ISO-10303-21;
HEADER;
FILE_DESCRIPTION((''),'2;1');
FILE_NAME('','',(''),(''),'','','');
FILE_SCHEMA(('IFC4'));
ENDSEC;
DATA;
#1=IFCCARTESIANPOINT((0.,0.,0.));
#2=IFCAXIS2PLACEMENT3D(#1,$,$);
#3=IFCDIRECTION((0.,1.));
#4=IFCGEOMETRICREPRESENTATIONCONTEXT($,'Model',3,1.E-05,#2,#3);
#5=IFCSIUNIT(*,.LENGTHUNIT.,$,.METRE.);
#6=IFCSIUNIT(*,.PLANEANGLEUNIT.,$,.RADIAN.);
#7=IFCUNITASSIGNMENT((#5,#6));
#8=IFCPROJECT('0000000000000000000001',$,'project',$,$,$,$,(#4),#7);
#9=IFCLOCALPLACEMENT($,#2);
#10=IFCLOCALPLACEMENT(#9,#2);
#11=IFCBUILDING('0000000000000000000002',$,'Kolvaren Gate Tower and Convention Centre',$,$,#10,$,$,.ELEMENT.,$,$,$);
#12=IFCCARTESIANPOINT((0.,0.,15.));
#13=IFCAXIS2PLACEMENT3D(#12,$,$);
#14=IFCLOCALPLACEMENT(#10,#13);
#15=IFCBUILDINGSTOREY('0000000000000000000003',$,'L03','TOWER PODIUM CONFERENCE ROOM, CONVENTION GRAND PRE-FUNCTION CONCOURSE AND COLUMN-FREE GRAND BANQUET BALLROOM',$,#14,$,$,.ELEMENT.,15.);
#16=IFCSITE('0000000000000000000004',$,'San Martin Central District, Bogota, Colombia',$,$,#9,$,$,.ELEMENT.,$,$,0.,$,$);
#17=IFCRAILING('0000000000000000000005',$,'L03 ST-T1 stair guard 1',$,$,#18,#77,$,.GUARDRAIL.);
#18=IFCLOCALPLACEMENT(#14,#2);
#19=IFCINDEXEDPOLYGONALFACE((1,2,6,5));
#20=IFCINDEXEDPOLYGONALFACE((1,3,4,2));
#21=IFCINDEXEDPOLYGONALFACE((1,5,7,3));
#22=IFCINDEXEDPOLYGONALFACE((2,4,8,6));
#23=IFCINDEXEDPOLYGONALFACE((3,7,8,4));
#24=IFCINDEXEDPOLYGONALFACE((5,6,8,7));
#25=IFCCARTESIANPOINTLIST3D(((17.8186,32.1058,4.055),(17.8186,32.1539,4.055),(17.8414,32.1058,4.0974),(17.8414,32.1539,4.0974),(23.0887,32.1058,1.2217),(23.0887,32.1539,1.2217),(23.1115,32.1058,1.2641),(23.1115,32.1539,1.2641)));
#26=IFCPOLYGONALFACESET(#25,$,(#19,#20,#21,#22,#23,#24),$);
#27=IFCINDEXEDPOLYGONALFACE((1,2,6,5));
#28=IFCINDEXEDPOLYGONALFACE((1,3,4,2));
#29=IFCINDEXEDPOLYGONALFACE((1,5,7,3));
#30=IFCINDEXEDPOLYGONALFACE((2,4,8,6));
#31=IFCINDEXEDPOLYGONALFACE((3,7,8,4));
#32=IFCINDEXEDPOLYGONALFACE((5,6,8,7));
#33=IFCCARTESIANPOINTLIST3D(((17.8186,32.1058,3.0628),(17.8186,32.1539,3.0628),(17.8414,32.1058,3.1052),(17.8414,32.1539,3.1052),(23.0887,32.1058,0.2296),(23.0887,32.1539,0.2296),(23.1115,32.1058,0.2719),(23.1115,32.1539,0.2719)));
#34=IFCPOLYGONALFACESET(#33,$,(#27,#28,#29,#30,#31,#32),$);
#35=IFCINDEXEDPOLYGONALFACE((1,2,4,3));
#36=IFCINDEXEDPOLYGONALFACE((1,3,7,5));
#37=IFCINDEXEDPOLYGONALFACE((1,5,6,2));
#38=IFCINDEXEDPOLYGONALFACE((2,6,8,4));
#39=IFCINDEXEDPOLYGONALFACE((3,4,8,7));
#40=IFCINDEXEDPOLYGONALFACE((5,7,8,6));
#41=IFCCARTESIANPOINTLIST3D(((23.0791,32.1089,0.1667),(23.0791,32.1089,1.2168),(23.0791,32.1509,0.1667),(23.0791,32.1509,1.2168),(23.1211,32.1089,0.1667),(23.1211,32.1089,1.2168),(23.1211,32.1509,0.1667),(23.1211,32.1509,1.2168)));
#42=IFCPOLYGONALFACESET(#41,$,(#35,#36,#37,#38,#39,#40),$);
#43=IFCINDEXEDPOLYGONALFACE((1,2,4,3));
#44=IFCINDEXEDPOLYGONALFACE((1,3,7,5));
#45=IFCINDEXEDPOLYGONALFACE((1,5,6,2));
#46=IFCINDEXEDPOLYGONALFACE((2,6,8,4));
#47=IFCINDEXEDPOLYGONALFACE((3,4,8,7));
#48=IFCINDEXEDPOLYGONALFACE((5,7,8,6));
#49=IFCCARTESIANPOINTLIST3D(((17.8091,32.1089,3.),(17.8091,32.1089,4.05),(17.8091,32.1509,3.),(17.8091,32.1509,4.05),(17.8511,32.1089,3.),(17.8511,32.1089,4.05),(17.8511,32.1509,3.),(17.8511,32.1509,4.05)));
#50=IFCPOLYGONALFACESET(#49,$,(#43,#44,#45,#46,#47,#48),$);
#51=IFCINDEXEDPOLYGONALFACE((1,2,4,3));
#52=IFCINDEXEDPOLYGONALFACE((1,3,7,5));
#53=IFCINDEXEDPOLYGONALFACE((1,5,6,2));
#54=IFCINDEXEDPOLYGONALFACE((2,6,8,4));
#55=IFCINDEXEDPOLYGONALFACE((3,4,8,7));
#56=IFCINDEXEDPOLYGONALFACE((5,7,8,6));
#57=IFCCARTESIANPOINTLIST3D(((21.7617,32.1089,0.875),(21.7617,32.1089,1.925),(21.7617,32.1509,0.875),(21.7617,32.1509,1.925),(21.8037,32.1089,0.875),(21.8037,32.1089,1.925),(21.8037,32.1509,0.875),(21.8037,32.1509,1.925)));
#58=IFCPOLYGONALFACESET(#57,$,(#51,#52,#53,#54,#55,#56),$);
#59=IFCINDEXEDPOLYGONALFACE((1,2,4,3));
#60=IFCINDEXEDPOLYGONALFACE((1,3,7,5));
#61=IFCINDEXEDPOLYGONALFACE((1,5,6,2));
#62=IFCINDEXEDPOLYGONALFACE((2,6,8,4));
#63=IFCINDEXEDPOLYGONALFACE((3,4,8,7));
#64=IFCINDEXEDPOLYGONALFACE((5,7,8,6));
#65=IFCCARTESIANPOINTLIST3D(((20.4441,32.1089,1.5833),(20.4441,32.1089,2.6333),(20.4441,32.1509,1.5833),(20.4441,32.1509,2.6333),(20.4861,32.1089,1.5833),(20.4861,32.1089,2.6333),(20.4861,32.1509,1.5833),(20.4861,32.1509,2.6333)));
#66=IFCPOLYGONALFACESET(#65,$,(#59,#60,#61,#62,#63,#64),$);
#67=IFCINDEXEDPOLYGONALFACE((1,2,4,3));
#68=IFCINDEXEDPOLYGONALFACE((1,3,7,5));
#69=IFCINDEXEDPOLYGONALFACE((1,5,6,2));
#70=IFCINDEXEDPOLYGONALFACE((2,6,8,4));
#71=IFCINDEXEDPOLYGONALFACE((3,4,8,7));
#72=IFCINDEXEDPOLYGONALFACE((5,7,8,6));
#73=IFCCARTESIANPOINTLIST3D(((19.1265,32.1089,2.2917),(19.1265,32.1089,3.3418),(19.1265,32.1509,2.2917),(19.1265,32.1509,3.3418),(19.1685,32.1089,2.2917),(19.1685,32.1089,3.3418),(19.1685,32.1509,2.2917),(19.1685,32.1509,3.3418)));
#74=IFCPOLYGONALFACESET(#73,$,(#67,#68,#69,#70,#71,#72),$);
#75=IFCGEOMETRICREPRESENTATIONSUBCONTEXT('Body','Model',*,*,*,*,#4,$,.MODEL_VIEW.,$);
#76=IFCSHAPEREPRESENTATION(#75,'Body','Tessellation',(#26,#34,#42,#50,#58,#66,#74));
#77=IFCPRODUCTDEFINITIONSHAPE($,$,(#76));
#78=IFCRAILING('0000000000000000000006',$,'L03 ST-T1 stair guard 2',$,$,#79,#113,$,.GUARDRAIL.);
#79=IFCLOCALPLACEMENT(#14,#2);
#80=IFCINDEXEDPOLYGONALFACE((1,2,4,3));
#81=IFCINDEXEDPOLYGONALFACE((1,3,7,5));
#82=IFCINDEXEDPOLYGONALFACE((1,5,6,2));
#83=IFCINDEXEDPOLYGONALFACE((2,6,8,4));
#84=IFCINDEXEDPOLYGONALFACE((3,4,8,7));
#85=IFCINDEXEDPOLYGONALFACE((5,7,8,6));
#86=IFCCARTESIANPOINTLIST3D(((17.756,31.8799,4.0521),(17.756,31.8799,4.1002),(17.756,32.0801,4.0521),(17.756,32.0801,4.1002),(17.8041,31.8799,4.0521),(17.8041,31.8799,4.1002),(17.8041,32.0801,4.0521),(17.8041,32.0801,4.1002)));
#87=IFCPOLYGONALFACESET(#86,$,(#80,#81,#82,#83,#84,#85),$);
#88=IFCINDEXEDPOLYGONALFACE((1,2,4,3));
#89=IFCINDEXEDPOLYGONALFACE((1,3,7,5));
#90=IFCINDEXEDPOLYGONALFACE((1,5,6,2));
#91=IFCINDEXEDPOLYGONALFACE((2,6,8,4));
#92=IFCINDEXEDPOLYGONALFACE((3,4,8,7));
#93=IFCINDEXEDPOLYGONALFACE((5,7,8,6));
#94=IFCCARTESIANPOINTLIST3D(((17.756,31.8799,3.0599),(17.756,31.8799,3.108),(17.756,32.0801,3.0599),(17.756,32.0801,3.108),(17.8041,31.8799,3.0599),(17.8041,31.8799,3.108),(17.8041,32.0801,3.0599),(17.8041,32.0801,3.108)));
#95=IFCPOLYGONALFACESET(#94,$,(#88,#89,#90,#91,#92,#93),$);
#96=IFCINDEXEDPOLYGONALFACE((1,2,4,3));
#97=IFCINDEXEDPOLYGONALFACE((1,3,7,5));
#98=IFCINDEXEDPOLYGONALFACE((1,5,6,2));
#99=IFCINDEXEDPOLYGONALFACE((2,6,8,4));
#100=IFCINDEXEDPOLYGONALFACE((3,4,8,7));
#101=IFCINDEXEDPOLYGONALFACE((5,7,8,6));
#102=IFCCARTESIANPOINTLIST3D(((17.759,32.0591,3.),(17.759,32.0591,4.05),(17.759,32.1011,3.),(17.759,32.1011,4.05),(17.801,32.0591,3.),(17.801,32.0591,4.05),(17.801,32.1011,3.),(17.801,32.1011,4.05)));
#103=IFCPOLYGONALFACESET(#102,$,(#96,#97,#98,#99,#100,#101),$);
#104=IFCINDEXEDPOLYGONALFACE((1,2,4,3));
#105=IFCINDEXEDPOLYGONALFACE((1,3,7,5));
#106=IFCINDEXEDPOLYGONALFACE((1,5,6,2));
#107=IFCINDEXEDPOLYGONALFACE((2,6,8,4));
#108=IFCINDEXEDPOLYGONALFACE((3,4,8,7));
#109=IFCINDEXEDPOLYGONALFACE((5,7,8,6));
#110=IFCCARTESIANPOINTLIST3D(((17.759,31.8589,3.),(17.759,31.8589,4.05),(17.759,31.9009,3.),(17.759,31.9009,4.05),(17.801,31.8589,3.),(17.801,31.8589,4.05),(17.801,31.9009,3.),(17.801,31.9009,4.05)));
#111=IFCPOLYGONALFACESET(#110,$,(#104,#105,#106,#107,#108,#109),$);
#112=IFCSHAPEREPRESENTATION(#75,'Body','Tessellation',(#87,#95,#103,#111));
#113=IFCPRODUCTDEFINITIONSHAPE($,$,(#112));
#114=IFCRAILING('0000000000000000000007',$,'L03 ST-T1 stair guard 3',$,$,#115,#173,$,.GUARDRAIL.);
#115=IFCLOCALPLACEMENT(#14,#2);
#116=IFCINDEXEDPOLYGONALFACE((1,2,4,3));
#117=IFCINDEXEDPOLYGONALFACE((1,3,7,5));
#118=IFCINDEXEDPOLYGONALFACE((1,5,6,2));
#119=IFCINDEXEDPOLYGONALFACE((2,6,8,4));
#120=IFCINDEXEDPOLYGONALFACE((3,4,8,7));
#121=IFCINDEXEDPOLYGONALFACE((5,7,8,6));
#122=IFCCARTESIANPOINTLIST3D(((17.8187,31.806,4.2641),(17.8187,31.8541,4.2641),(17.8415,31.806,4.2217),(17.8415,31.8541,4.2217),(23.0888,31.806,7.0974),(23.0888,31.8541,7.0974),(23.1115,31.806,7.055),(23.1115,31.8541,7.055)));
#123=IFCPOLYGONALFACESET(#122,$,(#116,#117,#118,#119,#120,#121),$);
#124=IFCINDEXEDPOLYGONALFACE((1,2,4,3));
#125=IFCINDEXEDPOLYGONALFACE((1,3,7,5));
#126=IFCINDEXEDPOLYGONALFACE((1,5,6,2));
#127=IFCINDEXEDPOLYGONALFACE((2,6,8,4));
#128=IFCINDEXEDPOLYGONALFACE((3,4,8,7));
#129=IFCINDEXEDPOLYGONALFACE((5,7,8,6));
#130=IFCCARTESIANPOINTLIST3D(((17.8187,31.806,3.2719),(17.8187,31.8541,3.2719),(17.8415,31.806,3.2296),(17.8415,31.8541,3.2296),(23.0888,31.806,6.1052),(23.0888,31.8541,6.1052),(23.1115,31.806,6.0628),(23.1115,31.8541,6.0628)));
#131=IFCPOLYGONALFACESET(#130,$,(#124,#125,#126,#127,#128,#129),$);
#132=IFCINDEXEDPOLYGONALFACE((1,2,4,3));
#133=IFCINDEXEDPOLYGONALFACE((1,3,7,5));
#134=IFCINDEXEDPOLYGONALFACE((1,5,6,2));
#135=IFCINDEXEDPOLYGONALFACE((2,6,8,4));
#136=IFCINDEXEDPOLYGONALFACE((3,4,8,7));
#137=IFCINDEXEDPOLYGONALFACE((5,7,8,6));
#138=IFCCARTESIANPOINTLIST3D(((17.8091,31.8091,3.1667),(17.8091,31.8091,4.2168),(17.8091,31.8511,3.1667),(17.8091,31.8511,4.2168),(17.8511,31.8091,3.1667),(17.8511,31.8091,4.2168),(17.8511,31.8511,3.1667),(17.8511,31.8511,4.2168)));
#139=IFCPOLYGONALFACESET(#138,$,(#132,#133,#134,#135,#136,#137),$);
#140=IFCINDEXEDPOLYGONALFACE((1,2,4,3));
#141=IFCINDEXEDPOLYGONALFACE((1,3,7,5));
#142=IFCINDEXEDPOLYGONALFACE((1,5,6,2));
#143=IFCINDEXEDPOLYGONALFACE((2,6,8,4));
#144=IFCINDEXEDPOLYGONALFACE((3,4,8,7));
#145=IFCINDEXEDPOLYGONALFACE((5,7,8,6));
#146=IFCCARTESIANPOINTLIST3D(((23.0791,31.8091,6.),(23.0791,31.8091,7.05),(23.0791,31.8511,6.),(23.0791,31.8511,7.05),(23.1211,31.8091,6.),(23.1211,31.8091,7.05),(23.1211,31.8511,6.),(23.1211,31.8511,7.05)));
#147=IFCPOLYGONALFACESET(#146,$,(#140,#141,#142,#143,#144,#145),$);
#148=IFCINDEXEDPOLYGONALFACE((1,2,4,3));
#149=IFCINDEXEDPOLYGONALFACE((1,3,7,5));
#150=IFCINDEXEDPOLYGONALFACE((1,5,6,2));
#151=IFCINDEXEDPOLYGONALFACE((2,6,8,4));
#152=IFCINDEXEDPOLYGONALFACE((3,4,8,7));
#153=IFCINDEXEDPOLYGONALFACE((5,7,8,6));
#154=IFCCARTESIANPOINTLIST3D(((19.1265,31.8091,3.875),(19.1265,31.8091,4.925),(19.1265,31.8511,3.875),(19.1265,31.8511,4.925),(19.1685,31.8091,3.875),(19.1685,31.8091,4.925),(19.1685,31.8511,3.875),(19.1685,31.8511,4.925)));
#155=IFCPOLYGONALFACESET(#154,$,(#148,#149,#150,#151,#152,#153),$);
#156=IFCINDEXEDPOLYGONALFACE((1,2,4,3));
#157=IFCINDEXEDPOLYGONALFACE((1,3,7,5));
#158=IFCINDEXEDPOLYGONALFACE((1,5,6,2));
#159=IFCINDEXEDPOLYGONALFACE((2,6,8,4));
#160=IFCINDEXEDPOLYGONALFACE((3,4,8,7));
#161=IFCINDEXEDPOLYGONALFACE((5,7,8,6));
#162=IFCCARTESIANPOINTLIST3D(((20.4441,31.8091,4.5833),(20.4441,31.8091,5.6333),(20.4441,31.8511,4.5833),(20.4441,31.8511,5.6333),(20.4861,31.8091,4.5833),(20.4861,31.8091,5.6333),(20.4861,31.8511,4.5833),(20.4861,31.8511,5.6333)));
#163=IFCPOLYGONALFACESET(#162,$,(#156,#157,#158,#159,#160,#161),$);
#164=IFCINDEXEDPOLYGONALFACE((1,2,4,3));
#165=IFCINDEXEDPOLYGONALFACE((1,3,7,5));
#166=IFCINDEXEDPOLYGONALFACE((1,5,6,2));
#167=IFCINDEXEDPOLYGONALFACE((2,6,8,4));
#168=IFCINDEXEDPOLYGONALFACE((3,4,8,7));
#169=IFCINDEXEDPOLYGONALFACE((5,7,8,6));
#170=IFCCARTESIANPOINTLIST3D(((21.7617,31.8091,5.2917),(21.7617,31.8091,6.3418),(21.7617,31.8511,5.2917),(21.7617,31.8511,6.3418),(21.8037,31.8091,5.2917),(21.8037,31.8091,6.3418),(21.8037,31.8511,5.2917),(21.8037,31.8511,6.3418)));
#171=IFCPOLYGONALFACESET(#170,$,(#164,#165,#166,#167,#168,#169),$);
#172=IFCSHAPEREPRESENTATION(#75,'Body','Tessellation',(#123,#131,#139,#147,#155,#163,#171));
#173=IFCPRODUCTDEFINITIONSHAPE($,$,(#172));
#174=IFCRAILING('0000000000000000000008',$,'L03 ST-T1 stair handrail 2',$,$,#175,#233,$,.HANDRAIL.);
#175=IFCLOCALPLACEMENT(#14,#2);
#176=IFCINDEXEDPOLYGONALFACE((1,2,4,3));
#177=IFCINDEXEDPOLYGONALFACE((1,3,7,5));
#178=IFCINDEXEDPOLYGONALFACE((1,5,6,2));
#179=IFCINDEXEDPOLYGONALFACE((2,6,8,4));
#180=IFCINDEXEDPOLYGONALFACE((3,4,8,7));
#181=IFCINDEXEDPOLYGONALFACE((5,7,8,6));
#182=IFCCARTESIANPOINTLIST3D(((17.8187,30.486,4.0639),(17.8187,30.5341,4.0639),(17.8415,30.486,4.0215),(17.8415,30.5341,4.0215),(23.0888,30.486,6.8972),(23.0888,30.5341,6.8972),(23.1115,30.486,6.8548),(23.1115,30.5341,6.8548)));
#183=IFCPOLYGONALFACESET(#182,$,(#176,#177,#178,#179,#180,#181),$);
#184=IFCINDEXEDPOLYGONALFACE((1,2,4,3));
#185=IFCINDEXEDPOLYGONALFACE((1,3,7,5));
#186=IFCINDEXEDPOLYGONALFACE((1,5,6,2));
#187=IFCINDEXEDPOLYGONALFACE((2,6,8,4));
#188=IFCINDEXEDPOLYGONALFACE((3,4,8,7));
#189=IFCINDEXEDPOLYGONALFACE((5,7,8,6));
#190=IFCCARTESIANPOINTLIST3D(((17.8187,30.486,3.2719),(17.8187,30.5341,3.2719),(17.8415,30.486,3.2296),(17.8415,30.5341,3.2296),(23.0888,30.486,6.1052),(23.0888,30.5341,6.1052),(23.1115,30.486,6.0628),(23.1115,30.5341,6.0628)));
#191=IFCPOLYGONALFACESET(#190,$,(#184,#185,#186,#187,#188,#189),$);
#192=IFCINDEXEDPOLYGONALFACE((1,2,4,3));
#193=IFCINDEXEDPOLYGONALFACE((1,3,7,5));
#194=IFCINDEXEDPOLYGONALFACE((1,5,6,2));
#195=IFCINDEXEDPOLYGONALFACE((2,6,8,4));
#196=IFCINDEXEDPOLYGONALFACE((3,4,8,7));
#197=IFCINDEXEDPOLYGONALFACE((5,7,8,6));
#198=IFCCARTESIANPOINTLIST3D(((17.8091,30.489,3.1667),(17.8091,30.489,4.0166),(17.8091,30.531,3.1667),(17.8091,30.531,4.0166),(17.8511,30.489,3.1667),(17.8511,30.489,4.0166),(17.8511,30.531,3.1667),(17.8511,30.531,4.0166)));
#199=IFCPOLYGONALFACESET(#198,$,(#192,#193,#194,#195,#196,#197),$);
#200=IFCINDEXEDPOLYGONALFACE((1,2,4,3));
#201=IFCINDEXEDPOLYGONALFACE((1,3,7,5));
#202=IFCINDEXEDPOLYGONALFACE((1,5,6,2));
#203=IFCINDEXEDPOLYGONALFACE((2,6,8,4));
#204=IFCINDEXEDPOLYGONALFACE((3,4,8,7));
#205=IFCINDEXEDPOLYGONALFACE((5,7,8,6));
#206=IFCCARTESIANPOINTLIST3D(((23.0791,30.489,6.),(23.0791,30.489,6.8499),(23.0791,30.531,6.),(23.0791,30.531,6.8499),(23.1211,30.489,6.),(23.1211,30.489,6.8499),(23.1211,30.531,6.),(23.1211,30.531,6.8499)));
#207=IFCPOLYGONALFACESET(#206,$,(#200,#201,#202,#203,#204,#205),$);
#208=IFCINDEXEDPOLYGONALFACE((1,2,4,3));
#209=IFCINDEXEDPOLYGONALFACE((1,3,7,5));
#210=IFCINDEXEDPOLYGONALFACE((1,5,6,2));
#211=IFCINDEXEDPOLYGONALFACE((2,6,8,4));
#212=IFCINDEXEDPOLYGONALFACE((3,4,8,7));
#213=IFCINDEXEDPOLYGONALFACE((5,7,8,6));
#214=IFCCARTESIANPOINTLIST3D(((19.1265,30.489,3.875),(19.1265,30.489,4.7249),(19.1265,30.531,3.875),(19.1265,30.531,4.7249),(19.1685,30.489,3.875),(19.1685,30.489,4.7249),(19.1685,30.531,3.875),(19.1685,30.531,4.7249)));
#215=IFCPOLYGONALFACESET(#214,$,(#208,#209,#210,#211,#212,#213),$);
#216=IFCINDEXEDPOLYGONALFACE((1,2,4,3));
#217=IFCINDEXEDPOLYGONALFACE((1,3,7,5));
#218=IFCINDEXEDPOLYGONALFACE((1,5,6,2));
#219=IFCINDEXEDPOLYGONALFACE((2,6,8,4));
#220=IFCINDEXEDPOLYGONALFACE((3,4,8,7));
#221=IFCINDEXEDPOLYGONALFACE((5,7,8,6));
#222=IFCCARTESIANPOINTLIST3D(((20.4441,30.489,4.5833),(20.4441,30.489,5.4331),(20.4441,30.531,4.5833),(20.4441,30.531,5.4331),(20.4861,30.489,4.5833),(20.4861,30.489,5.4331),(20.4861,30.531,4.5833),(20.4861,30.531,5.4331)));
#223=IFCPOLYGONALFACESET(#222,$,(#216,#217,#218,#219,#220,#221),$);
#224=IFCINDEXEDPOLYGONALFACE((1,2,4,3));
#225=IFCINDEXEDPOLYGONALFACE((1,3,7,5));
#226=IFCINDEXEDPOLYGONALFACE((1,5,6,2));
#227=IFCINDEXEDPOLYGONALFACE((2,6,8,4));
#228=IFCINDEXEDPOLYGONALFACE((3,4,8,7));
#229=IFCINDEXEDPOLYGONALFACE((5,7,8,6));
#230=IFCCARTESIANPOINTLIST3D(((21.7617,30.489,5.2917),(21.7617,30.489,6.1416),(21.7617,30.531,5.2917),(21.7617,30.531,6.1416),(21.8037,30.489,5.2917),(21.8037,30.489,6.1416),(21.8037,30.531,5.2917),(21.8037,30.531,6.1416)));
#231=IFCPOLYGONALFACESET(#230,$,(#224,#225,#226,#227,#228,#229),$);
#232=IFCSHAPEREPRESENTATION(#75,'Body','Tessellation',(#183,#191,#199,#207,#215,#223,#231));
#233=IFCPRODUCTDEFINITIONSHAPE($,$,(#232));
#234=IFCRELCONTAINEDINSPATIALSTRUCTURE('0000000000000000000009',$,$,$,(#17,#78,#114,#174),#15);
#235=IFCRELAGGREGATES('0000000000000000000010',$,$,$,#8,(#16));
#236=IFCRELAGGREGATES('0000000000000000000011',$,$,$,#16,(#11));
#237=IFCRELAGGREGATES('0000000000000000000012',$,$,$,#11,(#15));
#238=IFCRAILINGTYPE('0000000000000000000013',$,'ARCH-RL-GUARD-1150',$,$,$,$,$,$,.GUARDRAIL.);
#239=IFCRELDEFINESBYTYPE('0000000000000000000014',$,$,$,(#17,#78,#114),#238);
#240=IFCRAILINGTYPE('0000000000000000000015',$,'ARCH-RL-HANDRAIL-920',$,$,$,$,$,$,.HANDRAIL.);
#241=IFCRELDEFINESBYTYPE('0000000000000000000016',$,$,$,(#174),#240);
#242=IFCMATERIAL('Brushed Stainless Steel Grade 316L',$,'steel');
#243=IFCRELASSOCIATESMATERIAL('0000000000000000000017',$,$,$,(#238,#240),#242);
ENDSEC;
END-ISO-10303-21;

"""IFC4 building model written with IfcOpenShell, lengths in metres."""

from ifc_helpers import new_model, si_unit, direction, frame, origin, origin_2d, place, context, subcontext, project, spatial, rectangle, extrude, material, type_object, element, save


model = new_model("IFC4")

# Units and contexts
model_context = context("Model", 3, precision=1e-05, world=origin(), true_north=direction((0.0, 1.0)))
body_context = subcontext(model_context, "Body", "Model", "MODEL_VIEW")
ifc_project = project(units=[si_unit("LENGTHUNIT", "METRE"), si_unit("PLANEANGLEUNIT", "RADIAN")], contexts=[model_context])

# Site, building, storey
site_placement = place(None, origin())
site = spatial("IfcSite", under=ifc_project, at=site_placement, Name="San Martin Central District, Bogota, Colombia", CompositionType="ELEMENT", RefElevation=0.0)
building_placement = place(site_placement, origin())
building = spatial("IfcBuilding", under=site, at=building_placement, Name="Kolvaren Gate Tower and Convention Centre", CompositionType="ELEMENT")
storey_placement = place(building_placement, frame((0.0, 0.0, 15.0)))
storey = spatial("IfcBuildingStorey", under=building, at=storey_placement, Name="L03", Description="TOWER PODIUM CONFERENCE ROOM, CONVENTION GRAND PRE-FUNCTION CONCOURSE AND COLUMN-FREE GRAND BANQUET BALLROOM", CompositionType="ELEMENT", Elevation=15.0)

# Railings
ifc_material_1 = material(Name="Brushed Stainless Steel Grade 316L", Category="steel")
railing_type_1 = type_object("IfcRailingType", Name="ARCH-RL-GUARD-1150", PredefinedType="GUARDRAIL", material=ifc_material_1)
railing_1_placement = place(storey_placement, frame((23.1001, 32.1299, 0.1667)))
element("IfcRailing", 1, at=railing_1_placement, inside=storey, type_object=railing_type_1, Name="L03 ST-T1 stair guard 1", PredefinedType="GUARDRAIL", context=body_context, shape_type="SweptSolid", body=[
    extrude(rectangle(XDim=0.0481, YDim=0.0481, at=origin_2d()), frame((0.0, 0.0, 1.0762), z_axis=(-0.880781, 0.0, 0.473523), x_axis=(0.0, -1.0, 0.0)), (0.0, 0.0, 1.0), 5.9834),
    extrude(rectangle(XDim=0.0481, YDim=0.0481, at=origin_2d()), frame((0.0, 0.0, 0.084), z_axis=(-0.880781, 0.0, 0.473523), x_axis=(0.0, -1.0, 0.0)), (0.0, 0.0, 1.0), 5.9834),
    extrude(rectangle(XDim=0.042, YDim=0.042, at=origin_2d()), origin(), (0.0, 0.0, 1.0), 1.05),
    extrude(rectangle(XDim=0.042, YDim=0.042, at=origin_2d()), frame((-5.27, 0.0, 2.8333)), (0.0, 0.0, 1.0), 1.05),
    extrude(rectangle(XDim=0.042, YDim=0.042, at=origin_2d()), frame((-1.3174, 0.0, 0.7083)), (0.0, 0.0, 1.0), 1.05),
    extrude(rectangle(XDim=0.042, YDim=0.042, at=origin_2d()), frame((-2.635, 0.0, 1.4165)), (0.0, 0.0, 1.0), 1.05),
    extrude(rectangle(XDim=0.042, YDim=0.042, at=origin_2d()), frame((-3.9526, 0.0, 2.125)), (0.0, 0.0, 1.0), 1.05),
])
railing_2_placement = place(storey_placement, frame((17.78, 32.0801, 3.0)))
element("IfcRailing", 2, at=railing_2_placement, inside=storey, type_object=railing_type_1, Name="L03 ST-T1 stair guard 2", PredefinedType="GUARDRAIL", context=body_context, shape_type="SweptSolid", body=[
    extrude(rectangle(XDim=0.0481, YDim=0.0481, at=origin_2d()), frame((0.0, 0.0, 1.0762), z_axis=(0.0, -1.0, 0.0), x_axis=(1.0, 0.0, 0.0)), (0.0, 0.0, 1.0), 0.2002),
    extrude(rectangle(XDim=0.0481, YDim=0.0481, at=origin_2d()), frame((0.0, 0.0, 0.084), z_axis=(0.0, -1.0, 0.0), x_axis=(1.0, 0.0, 0.0)), (0.0, 0.0, 1.0), 0.2002),
    extrude(rectangle(XDim=0.042, YDim=0.042, at=origin_2d()), origin(), (0.0, 0.0, 1.0), 1.05),
    extrude(rectangle(XDim=0.042, YDim=0.042, at=origin_2d()), frame((0.0, -0.2002, 0.0)), (0.0, 0.0, 1.0), 1.05),
])
railing_3_placement = place(storey_placement, frame((17.8301, 31.8301, 3.1667)))
element("IfcRailing", 3, at=railing_3_placement, inside=storey, type_object=railing_type_1, Name="L03 ST-T1 stair guard 3", PredefinedType="GUARDRAIL", context=body_context, shape_type="SweptSolid", body=[
    extrude(rectangle(XDim=0.0481, YDim=0.0481, at=origin_2d()), frame((0.0, 0.0, 1.0762), z_axis=(0.880781, 0.0, 0.473523), x_axis=(0.0, 1.0, 0.0)), (0.0, 0.0, 1.0), 5.9834),
    extrude(rectangle(XDim=0.0481, YDim=0.0481, at=origin_2d()), frame((0.0, 0.0, 0.084), z_axis=(0.880781, 0.0, 0.473523), x_axis=(0.0, 1.0, 0.0)), (0.0, 0.0, 1.0), 5.9834),
    extrude(rectangle(XDim=0.042, YDim=0.042, at=origin_2d()), origin(), (0.0, 0.0, 1.0), 1.05),
    extrude(rectangle(XDim=0.042, YDim=0.042, at=origin_2d()), frame((5.27, 0.0, 2.8333)), (0.0, 0.0, 1.0), 1.05),
    extrude(rectangle(XDim=0.042, YDim=0.042, at=origin_2d()), frame((1.3174, 0.0, 0.7083)), (0.0, 0.0, 1.0), 1.05),
    extrude(rectangle(XDim=0.042, YDim=0.042, at=origin_2d()), frame((2.635, 0.0, 1.4165)), (0.0, 0.0, 1.0), 1.05),
    extrude(rectangle(XDim=0.042, YDim=0.042, at=origin_2d()), frame((3.9526, 0.0, 2.125)), (0.0, 0.0, 1.0), 1.05),
])
railing_type_2 = type_object("IfcRailingType", Name="ARCH-RL-HANDRAIL-920", PredefinedType="HANDRAIL", material=ifc_material_1)
railing_4_placement = place(storey_placement, frame((17.8301, 30.51, 3.1667)))
element("IfcRailing", 4, at=railing_4_placement, inside=storey, type_object=railing_type_2, Name="L03 ST-T1 stair handrail 2", PredefinedType="HANDRAIL", context=body_context, shape_type="SweptSolid", body=[
    extrude(rectangle(XDim=0.0481, YDim=0.0481, at=origin_2d()), frame((0.0, 0.0, 0.876), z_axis=(0.880781, 0.0, 0.473523), x_axis=(0.0, 1.0, 0.0)), (0.0, 0.0, 1.0), 5.9834),
    extrude(rectangle(XDim=0.0481, YDim=0.0481, at=origin_2d()), frame((0.0, 0.0, 0.084), z_axis=(0.880781, 0.0, 0.473523), x_axis=(0.0, 1.0, 0.0)), (0.0, 0.0, 1.0), 5.9834),
    extrude(rectangle(XDim=0.042, YDim=0.042, at=origin_2d()), origin(), (0.0, 0.0, 1.0), 0.8499),
    extrude(rectangle(XDim=0.042, YDim=0.042, at=origin_2d()), frame((5.27, 0.0, 2.8333)), (0.0, 0.0, 1.0), 0.8499),
    extrude(rectangle(XDim=0.042, YDim=0.042, at=origin_2d()), frame((1.3174, 0.0, 0.7083)), (0.0, 0.0, 1.0), 0.8499),
    extrude(rectangle(XDim=0.042, YDim=0.042, at=origin_2d()), frame((2.635, 0.0, 1.4165)), (0.0, 0.0, 1.0), 0.8499),
    extrude(rectangle(XDim=0.042, YDim=0.042, at=origin_2d()), frame((3.9526, 0.0, 2.125)), (0.0, 0.0, 1.0), 0.8499),
])

save(model, "model.ifc")
